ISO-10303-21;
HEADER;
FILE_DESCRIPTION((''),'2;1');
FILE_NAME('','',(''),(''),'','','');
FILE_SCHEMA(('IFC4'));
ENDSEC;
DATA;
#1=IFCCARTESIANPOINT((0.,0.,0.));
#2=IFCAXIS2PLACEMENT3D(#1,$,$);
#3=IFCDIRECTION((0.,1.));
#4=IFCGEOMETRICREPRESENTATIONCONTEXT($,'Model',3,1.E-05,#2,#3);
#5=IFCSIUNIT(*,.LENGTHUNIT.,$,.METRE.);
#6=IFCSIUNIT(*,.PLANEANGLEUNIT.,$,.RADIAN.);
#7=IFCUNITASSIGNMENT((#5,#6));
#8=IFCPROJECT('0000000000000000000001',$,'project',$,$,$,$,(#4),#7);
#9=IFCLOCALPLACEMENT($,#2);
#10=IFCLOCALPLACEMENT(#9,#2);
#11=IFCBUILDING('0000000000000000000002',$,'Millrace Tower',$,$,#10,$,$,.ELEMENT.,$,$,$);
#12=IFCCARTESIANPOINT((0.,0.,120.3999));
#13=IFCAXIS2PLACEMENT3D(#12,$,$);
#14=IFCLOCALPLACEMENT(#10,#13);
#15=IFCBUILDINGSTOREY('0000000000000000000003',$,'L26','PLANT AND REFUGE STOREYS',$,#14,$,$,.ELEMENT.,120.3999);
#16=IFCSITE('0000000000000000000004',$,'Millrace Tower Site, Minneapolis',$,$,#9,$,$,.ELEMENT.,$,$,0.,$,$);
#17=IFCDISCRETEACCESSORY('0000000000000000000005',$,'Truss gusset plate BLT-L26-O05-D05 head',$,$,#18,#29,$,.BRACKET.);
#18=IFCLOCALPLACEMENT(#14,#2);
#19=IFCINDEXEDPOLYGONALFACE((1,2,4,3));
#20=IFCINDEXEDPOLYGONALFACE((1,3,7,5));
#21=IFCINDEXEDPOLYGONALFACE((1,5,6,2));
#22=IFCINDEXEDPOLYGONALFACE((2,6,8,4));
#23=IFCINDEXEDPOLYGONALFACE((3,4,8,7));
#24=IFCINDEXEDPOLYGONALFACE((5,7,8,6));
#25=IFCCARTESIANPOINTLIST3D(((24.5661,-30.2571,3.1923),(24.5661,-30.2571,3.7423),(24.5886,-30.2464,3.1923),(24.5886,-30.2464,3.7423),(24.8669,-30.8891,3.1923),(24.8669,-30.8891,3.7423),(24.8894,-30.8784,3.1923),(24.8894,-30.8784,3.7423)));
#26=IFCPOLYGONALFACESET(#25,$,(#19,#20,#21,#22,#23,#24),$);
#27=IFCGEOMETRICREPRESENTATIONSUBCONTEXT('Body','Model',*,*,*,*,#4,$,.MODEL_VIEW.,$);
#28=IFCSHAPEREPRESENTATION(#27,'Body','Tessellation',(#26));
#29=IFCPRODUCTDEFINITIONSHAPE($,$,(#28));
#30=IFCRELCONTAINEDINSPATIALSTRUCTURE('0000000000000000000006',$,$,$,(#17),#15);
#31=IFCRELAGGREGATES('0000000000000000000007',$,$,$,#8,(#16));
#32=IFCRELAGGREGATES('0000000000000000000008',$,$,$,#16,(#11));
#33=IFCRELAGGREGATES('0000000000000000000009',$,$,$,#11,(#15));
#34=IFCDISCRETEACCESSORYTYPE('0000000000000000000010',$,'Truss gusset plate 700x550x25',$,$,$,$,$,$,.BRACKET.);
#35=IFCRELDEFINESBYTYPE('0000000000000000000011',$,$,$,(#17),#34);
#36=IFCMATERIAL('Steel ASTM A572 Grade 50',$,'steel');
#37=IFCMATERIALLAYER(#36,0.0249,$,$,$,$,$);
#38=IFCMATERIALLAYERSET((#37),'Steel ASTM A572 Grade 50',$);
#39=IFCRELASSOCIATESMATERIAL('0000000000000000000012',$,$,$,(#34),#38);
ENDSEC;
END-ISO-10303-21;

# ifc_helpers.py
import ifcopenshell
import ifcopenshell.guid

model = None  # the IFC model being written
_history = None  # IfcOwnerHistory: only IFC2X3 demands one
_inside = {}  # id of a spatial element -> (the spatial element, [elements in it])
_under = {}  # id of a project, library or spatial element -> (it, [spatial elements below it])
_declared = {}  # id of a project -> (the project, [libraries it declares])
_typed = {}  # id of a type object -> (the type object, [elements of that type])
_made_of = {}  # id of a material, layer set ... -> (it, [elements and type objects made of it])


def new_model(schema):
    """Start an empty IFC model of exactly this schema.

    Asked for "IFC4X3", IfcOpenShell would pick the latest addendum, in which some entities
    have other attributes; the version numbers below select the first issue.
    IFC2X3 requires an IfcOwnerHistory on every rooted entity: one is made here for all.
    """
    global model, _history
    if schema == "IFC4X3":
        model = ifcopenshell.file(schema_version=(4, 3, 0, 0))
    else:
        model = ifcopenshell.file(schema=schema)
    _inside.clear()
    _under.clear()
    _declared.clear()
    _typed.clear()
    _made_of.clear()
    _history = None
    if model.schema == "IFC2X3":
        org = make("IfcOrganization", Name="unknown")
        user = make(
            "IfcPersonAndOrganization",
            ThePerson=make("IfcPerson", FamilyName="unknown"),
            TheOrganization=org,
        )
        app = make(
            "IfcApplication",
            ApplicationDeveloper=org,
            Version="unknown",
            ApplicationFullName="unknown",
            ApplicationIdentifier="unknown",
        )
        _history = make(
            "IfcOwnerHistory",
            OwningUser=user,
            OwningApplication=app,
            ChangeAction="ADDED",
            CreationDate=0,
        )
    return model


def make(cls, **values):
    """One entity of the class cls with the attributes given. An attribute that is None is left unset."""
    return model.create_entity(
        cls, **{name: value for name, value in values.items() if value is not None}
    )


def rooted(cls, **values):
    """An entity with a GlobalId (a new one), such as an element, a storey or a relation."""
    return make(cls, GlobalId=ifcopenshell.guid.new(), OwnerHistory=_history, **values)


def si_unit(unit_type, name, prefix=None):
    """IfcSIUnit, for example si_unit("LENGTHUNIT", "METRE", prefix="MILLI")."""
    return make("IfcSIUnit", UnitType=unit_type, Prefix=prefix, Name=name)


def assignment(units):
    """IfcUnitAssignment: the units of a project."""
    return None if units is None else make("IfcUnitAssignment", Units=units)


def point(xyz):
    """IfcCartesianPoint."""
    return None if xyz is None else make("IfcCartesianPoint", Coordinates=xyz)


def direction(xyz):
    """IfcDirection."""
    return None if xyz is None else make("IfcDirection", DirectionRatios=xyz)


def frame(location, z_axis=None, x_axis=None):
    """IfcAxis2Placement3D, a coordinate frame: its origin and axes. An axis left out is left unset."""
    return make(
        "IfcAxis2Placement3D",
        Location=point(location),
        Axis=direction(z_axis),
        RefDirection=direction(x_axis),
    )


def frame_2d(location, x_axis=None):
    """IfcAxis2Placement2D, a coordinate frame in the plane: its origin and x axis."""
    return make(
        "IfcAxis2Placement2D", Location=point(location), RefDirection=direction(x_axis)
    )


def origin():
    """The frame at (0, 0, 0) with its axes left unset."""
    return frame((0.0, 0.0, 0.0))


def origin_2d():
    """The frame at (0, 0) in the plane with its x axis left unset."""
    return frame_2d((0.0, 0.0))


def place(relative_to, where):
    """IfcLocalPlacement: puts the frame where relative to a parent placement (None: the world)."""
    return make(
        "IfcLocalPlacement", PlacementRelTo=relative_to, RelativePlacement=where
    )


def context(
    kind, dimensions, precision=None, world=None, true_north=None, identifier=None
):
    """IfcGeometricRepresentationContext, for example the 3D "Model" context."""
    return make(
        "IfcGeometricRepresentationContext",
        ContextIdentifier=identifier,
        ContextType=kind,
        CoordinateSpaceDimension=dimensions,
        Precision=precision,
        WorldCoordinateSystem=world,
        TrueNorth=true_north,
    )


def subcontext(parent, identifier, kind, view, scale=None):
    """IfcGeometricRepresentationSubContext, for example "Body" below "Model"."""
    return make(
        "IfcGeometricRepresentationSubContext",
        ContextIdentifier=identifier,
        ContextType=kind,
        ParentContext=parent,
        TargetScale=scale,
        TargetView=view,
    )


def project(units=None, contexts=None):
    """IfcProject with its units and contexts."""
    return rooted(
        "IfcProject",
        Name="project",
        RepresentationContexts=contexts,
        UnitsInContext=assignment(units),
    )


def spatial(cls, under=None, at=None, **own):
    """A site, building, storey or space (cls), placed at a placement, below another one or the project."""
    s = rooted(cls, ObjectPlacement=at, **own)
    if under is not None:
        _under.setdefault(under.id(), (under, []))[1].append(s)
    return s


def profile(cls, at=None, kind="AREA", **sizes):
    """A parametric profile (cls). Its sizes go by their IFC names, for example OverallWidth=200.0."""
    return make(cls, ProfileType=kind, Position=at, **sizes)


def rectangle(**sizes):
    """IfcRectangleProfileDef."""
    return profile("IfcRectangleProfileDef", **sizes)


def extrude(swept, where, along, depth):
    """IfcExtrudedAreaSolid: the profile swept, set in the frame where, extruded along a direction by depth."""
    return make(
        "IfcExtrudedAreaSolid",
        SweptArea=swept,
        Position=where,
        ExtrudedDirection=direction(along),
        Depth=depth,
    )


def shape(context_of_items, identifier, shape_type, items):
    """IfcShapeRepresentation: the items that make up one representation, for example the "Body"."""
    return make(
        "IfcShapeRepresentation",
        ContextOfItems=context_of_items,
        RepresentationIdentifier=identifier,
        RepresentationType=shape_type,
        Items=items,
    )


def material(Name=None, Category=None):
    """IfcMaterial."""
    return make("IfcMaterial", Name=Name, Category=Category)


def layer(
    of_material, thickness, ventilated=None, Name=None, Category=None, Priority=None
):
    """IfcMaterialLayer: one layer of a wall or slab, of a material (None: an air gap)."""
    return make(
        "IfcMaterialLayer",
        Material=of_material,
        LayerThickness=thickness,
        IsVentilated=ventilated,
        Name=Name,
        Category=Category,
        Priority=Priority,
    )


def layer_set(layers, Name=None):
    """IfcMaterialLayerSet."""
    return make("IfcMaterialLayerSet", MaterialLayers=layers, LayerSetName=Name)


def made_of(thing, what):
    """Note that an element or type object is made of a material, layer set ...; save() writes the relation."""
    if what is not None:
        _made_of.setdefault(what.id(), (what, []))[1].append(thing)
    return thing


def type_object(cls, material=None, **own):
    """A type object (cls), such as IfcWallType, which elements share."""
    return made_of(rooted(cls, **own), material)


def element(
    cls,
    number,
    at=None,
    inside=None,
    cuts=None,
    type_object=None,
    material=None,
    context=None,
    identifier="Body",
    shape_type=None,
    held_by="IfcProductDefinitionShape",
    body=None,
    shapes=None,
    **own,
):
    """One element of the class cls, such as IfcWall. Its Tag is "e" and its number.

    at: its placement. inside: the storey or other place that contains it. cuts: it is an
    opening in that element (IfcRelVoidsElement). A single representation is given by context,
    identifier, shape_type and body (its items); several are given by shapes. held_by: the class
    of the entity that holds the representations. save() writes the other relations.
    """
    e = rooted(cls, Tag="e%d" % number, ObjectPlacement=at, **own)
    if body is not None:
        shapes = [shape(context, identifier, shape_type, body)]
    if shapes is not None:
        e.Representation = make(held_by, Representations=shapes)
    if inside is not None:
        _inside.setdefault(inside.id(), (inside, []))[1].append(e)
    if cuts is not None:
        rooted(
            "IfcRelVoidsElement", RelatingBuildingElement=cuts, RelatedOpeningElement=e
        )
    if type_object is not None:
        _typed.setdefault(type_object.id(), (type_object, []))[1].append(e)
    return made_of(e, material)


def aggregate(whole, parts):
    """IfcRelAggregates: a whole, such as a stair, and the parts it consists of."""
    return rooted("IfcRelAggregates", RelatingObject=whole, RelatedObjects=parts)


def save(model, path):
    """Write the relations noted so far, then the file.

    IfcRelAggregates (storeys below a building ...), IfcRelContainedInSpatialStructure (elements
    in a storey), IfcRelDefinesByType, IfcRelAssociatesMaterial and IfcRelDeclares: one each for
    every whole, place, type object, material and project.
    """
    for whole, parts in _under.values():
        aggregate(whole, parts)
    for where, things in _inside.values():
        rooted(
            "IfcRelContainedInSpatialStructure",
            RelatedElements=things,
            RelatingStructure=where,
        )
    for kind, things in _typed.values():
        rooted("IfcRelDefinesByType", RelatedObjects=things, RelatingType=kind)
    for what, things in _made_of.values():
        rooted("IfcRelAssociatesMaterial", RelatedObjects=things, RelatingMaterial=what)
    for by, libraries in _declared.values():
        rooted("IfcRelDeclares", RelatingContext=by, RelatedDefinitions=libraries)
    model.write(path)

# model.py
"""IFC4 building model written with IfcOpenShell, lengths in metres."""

from ifc_helpers import new_model, si_unit, direction, frame, origin, origin_2d, place, context, subcontext, project, spatial, rectangle, extrude, material, layer, layer_set, type_object, element, save


model = new_model("IFC4")

# Units and contexts
model_context = context("Model", 3, precision=1e-05, world=origin(), true_north=direction((0.0, 1.0)))
body_context = subcontext(model_context, "Body", "Model", "MODEL_VIEW")
ifc_project = project(units=[si_unit("LENGTHUNIT", "METRE"), si_unit("PLANEANGLEUNIT", "RADIAN")], contexts=[model_context])

# Site, building, storey
site_placement = place(None, origin())
site = spatial("IfcSite", under=ifc_project, at=site_placement, Name="Millrace Tower Site, Minneapolis", CompositionType="ELEMENT", RefElevation=0.0)
building_placement = place(site_placement, origin())
building = spatial("IfcBuilding", under=site, at=building_placement, Name="Millrace Tower", CompositionType="ELEMENT")
storey_placement = place(building_placement, frame((0.0, 0.0, 120.3999)))
storey = spatial("IfcBuildingStorey", under=building, at=storey_placement, Name="L26", Description="PLANT AND REFUGE STOREYS", CompositionType="ELEMENT", Elevation=120.3999)

# Discrete accessory
ifc_material_1 = material(Name="Steel ASTM A572 Grade 50", Category="steel")
ifc_layer_1 = layer(ifc_material_1, 0.0249)
ifc_layer_set_1 = layer_set([ifc_layer_1], Name="Steel ASTM A572 Grade 50")
discrete_accessory_type = type_object("IfcDiscreteAccessoryType", Name="Truss gusset plate 700x550x25", PredefinedType="BRACKET", material=ifc_layer_set_1)
discrete_accessory_1_placement = place(storey_placement, frame((24.5774, -30.2517, 3.4673), z_axis=(0.42969, -0.902977, 0.0), x_axis=(0.902977, 0.42969, 0.0)))
element("IfcDiscreteAccessory", 1, at=discrete_accessory_1_placement, inside=storey, type_object=discrete_accessory_type, Name="Truss gusset plate BLT-L26-O05-D05 head", PredefinedType="BRACKET", context=body_context, shape_type="SweptSolid", body=[
    extrude(rectangle(XDim=0.0249, YDim=0.55, at=origin_2d()), origin(), (0.0, 0.0, 1.0), 0.7),
])

save(model, "model.ifc")
